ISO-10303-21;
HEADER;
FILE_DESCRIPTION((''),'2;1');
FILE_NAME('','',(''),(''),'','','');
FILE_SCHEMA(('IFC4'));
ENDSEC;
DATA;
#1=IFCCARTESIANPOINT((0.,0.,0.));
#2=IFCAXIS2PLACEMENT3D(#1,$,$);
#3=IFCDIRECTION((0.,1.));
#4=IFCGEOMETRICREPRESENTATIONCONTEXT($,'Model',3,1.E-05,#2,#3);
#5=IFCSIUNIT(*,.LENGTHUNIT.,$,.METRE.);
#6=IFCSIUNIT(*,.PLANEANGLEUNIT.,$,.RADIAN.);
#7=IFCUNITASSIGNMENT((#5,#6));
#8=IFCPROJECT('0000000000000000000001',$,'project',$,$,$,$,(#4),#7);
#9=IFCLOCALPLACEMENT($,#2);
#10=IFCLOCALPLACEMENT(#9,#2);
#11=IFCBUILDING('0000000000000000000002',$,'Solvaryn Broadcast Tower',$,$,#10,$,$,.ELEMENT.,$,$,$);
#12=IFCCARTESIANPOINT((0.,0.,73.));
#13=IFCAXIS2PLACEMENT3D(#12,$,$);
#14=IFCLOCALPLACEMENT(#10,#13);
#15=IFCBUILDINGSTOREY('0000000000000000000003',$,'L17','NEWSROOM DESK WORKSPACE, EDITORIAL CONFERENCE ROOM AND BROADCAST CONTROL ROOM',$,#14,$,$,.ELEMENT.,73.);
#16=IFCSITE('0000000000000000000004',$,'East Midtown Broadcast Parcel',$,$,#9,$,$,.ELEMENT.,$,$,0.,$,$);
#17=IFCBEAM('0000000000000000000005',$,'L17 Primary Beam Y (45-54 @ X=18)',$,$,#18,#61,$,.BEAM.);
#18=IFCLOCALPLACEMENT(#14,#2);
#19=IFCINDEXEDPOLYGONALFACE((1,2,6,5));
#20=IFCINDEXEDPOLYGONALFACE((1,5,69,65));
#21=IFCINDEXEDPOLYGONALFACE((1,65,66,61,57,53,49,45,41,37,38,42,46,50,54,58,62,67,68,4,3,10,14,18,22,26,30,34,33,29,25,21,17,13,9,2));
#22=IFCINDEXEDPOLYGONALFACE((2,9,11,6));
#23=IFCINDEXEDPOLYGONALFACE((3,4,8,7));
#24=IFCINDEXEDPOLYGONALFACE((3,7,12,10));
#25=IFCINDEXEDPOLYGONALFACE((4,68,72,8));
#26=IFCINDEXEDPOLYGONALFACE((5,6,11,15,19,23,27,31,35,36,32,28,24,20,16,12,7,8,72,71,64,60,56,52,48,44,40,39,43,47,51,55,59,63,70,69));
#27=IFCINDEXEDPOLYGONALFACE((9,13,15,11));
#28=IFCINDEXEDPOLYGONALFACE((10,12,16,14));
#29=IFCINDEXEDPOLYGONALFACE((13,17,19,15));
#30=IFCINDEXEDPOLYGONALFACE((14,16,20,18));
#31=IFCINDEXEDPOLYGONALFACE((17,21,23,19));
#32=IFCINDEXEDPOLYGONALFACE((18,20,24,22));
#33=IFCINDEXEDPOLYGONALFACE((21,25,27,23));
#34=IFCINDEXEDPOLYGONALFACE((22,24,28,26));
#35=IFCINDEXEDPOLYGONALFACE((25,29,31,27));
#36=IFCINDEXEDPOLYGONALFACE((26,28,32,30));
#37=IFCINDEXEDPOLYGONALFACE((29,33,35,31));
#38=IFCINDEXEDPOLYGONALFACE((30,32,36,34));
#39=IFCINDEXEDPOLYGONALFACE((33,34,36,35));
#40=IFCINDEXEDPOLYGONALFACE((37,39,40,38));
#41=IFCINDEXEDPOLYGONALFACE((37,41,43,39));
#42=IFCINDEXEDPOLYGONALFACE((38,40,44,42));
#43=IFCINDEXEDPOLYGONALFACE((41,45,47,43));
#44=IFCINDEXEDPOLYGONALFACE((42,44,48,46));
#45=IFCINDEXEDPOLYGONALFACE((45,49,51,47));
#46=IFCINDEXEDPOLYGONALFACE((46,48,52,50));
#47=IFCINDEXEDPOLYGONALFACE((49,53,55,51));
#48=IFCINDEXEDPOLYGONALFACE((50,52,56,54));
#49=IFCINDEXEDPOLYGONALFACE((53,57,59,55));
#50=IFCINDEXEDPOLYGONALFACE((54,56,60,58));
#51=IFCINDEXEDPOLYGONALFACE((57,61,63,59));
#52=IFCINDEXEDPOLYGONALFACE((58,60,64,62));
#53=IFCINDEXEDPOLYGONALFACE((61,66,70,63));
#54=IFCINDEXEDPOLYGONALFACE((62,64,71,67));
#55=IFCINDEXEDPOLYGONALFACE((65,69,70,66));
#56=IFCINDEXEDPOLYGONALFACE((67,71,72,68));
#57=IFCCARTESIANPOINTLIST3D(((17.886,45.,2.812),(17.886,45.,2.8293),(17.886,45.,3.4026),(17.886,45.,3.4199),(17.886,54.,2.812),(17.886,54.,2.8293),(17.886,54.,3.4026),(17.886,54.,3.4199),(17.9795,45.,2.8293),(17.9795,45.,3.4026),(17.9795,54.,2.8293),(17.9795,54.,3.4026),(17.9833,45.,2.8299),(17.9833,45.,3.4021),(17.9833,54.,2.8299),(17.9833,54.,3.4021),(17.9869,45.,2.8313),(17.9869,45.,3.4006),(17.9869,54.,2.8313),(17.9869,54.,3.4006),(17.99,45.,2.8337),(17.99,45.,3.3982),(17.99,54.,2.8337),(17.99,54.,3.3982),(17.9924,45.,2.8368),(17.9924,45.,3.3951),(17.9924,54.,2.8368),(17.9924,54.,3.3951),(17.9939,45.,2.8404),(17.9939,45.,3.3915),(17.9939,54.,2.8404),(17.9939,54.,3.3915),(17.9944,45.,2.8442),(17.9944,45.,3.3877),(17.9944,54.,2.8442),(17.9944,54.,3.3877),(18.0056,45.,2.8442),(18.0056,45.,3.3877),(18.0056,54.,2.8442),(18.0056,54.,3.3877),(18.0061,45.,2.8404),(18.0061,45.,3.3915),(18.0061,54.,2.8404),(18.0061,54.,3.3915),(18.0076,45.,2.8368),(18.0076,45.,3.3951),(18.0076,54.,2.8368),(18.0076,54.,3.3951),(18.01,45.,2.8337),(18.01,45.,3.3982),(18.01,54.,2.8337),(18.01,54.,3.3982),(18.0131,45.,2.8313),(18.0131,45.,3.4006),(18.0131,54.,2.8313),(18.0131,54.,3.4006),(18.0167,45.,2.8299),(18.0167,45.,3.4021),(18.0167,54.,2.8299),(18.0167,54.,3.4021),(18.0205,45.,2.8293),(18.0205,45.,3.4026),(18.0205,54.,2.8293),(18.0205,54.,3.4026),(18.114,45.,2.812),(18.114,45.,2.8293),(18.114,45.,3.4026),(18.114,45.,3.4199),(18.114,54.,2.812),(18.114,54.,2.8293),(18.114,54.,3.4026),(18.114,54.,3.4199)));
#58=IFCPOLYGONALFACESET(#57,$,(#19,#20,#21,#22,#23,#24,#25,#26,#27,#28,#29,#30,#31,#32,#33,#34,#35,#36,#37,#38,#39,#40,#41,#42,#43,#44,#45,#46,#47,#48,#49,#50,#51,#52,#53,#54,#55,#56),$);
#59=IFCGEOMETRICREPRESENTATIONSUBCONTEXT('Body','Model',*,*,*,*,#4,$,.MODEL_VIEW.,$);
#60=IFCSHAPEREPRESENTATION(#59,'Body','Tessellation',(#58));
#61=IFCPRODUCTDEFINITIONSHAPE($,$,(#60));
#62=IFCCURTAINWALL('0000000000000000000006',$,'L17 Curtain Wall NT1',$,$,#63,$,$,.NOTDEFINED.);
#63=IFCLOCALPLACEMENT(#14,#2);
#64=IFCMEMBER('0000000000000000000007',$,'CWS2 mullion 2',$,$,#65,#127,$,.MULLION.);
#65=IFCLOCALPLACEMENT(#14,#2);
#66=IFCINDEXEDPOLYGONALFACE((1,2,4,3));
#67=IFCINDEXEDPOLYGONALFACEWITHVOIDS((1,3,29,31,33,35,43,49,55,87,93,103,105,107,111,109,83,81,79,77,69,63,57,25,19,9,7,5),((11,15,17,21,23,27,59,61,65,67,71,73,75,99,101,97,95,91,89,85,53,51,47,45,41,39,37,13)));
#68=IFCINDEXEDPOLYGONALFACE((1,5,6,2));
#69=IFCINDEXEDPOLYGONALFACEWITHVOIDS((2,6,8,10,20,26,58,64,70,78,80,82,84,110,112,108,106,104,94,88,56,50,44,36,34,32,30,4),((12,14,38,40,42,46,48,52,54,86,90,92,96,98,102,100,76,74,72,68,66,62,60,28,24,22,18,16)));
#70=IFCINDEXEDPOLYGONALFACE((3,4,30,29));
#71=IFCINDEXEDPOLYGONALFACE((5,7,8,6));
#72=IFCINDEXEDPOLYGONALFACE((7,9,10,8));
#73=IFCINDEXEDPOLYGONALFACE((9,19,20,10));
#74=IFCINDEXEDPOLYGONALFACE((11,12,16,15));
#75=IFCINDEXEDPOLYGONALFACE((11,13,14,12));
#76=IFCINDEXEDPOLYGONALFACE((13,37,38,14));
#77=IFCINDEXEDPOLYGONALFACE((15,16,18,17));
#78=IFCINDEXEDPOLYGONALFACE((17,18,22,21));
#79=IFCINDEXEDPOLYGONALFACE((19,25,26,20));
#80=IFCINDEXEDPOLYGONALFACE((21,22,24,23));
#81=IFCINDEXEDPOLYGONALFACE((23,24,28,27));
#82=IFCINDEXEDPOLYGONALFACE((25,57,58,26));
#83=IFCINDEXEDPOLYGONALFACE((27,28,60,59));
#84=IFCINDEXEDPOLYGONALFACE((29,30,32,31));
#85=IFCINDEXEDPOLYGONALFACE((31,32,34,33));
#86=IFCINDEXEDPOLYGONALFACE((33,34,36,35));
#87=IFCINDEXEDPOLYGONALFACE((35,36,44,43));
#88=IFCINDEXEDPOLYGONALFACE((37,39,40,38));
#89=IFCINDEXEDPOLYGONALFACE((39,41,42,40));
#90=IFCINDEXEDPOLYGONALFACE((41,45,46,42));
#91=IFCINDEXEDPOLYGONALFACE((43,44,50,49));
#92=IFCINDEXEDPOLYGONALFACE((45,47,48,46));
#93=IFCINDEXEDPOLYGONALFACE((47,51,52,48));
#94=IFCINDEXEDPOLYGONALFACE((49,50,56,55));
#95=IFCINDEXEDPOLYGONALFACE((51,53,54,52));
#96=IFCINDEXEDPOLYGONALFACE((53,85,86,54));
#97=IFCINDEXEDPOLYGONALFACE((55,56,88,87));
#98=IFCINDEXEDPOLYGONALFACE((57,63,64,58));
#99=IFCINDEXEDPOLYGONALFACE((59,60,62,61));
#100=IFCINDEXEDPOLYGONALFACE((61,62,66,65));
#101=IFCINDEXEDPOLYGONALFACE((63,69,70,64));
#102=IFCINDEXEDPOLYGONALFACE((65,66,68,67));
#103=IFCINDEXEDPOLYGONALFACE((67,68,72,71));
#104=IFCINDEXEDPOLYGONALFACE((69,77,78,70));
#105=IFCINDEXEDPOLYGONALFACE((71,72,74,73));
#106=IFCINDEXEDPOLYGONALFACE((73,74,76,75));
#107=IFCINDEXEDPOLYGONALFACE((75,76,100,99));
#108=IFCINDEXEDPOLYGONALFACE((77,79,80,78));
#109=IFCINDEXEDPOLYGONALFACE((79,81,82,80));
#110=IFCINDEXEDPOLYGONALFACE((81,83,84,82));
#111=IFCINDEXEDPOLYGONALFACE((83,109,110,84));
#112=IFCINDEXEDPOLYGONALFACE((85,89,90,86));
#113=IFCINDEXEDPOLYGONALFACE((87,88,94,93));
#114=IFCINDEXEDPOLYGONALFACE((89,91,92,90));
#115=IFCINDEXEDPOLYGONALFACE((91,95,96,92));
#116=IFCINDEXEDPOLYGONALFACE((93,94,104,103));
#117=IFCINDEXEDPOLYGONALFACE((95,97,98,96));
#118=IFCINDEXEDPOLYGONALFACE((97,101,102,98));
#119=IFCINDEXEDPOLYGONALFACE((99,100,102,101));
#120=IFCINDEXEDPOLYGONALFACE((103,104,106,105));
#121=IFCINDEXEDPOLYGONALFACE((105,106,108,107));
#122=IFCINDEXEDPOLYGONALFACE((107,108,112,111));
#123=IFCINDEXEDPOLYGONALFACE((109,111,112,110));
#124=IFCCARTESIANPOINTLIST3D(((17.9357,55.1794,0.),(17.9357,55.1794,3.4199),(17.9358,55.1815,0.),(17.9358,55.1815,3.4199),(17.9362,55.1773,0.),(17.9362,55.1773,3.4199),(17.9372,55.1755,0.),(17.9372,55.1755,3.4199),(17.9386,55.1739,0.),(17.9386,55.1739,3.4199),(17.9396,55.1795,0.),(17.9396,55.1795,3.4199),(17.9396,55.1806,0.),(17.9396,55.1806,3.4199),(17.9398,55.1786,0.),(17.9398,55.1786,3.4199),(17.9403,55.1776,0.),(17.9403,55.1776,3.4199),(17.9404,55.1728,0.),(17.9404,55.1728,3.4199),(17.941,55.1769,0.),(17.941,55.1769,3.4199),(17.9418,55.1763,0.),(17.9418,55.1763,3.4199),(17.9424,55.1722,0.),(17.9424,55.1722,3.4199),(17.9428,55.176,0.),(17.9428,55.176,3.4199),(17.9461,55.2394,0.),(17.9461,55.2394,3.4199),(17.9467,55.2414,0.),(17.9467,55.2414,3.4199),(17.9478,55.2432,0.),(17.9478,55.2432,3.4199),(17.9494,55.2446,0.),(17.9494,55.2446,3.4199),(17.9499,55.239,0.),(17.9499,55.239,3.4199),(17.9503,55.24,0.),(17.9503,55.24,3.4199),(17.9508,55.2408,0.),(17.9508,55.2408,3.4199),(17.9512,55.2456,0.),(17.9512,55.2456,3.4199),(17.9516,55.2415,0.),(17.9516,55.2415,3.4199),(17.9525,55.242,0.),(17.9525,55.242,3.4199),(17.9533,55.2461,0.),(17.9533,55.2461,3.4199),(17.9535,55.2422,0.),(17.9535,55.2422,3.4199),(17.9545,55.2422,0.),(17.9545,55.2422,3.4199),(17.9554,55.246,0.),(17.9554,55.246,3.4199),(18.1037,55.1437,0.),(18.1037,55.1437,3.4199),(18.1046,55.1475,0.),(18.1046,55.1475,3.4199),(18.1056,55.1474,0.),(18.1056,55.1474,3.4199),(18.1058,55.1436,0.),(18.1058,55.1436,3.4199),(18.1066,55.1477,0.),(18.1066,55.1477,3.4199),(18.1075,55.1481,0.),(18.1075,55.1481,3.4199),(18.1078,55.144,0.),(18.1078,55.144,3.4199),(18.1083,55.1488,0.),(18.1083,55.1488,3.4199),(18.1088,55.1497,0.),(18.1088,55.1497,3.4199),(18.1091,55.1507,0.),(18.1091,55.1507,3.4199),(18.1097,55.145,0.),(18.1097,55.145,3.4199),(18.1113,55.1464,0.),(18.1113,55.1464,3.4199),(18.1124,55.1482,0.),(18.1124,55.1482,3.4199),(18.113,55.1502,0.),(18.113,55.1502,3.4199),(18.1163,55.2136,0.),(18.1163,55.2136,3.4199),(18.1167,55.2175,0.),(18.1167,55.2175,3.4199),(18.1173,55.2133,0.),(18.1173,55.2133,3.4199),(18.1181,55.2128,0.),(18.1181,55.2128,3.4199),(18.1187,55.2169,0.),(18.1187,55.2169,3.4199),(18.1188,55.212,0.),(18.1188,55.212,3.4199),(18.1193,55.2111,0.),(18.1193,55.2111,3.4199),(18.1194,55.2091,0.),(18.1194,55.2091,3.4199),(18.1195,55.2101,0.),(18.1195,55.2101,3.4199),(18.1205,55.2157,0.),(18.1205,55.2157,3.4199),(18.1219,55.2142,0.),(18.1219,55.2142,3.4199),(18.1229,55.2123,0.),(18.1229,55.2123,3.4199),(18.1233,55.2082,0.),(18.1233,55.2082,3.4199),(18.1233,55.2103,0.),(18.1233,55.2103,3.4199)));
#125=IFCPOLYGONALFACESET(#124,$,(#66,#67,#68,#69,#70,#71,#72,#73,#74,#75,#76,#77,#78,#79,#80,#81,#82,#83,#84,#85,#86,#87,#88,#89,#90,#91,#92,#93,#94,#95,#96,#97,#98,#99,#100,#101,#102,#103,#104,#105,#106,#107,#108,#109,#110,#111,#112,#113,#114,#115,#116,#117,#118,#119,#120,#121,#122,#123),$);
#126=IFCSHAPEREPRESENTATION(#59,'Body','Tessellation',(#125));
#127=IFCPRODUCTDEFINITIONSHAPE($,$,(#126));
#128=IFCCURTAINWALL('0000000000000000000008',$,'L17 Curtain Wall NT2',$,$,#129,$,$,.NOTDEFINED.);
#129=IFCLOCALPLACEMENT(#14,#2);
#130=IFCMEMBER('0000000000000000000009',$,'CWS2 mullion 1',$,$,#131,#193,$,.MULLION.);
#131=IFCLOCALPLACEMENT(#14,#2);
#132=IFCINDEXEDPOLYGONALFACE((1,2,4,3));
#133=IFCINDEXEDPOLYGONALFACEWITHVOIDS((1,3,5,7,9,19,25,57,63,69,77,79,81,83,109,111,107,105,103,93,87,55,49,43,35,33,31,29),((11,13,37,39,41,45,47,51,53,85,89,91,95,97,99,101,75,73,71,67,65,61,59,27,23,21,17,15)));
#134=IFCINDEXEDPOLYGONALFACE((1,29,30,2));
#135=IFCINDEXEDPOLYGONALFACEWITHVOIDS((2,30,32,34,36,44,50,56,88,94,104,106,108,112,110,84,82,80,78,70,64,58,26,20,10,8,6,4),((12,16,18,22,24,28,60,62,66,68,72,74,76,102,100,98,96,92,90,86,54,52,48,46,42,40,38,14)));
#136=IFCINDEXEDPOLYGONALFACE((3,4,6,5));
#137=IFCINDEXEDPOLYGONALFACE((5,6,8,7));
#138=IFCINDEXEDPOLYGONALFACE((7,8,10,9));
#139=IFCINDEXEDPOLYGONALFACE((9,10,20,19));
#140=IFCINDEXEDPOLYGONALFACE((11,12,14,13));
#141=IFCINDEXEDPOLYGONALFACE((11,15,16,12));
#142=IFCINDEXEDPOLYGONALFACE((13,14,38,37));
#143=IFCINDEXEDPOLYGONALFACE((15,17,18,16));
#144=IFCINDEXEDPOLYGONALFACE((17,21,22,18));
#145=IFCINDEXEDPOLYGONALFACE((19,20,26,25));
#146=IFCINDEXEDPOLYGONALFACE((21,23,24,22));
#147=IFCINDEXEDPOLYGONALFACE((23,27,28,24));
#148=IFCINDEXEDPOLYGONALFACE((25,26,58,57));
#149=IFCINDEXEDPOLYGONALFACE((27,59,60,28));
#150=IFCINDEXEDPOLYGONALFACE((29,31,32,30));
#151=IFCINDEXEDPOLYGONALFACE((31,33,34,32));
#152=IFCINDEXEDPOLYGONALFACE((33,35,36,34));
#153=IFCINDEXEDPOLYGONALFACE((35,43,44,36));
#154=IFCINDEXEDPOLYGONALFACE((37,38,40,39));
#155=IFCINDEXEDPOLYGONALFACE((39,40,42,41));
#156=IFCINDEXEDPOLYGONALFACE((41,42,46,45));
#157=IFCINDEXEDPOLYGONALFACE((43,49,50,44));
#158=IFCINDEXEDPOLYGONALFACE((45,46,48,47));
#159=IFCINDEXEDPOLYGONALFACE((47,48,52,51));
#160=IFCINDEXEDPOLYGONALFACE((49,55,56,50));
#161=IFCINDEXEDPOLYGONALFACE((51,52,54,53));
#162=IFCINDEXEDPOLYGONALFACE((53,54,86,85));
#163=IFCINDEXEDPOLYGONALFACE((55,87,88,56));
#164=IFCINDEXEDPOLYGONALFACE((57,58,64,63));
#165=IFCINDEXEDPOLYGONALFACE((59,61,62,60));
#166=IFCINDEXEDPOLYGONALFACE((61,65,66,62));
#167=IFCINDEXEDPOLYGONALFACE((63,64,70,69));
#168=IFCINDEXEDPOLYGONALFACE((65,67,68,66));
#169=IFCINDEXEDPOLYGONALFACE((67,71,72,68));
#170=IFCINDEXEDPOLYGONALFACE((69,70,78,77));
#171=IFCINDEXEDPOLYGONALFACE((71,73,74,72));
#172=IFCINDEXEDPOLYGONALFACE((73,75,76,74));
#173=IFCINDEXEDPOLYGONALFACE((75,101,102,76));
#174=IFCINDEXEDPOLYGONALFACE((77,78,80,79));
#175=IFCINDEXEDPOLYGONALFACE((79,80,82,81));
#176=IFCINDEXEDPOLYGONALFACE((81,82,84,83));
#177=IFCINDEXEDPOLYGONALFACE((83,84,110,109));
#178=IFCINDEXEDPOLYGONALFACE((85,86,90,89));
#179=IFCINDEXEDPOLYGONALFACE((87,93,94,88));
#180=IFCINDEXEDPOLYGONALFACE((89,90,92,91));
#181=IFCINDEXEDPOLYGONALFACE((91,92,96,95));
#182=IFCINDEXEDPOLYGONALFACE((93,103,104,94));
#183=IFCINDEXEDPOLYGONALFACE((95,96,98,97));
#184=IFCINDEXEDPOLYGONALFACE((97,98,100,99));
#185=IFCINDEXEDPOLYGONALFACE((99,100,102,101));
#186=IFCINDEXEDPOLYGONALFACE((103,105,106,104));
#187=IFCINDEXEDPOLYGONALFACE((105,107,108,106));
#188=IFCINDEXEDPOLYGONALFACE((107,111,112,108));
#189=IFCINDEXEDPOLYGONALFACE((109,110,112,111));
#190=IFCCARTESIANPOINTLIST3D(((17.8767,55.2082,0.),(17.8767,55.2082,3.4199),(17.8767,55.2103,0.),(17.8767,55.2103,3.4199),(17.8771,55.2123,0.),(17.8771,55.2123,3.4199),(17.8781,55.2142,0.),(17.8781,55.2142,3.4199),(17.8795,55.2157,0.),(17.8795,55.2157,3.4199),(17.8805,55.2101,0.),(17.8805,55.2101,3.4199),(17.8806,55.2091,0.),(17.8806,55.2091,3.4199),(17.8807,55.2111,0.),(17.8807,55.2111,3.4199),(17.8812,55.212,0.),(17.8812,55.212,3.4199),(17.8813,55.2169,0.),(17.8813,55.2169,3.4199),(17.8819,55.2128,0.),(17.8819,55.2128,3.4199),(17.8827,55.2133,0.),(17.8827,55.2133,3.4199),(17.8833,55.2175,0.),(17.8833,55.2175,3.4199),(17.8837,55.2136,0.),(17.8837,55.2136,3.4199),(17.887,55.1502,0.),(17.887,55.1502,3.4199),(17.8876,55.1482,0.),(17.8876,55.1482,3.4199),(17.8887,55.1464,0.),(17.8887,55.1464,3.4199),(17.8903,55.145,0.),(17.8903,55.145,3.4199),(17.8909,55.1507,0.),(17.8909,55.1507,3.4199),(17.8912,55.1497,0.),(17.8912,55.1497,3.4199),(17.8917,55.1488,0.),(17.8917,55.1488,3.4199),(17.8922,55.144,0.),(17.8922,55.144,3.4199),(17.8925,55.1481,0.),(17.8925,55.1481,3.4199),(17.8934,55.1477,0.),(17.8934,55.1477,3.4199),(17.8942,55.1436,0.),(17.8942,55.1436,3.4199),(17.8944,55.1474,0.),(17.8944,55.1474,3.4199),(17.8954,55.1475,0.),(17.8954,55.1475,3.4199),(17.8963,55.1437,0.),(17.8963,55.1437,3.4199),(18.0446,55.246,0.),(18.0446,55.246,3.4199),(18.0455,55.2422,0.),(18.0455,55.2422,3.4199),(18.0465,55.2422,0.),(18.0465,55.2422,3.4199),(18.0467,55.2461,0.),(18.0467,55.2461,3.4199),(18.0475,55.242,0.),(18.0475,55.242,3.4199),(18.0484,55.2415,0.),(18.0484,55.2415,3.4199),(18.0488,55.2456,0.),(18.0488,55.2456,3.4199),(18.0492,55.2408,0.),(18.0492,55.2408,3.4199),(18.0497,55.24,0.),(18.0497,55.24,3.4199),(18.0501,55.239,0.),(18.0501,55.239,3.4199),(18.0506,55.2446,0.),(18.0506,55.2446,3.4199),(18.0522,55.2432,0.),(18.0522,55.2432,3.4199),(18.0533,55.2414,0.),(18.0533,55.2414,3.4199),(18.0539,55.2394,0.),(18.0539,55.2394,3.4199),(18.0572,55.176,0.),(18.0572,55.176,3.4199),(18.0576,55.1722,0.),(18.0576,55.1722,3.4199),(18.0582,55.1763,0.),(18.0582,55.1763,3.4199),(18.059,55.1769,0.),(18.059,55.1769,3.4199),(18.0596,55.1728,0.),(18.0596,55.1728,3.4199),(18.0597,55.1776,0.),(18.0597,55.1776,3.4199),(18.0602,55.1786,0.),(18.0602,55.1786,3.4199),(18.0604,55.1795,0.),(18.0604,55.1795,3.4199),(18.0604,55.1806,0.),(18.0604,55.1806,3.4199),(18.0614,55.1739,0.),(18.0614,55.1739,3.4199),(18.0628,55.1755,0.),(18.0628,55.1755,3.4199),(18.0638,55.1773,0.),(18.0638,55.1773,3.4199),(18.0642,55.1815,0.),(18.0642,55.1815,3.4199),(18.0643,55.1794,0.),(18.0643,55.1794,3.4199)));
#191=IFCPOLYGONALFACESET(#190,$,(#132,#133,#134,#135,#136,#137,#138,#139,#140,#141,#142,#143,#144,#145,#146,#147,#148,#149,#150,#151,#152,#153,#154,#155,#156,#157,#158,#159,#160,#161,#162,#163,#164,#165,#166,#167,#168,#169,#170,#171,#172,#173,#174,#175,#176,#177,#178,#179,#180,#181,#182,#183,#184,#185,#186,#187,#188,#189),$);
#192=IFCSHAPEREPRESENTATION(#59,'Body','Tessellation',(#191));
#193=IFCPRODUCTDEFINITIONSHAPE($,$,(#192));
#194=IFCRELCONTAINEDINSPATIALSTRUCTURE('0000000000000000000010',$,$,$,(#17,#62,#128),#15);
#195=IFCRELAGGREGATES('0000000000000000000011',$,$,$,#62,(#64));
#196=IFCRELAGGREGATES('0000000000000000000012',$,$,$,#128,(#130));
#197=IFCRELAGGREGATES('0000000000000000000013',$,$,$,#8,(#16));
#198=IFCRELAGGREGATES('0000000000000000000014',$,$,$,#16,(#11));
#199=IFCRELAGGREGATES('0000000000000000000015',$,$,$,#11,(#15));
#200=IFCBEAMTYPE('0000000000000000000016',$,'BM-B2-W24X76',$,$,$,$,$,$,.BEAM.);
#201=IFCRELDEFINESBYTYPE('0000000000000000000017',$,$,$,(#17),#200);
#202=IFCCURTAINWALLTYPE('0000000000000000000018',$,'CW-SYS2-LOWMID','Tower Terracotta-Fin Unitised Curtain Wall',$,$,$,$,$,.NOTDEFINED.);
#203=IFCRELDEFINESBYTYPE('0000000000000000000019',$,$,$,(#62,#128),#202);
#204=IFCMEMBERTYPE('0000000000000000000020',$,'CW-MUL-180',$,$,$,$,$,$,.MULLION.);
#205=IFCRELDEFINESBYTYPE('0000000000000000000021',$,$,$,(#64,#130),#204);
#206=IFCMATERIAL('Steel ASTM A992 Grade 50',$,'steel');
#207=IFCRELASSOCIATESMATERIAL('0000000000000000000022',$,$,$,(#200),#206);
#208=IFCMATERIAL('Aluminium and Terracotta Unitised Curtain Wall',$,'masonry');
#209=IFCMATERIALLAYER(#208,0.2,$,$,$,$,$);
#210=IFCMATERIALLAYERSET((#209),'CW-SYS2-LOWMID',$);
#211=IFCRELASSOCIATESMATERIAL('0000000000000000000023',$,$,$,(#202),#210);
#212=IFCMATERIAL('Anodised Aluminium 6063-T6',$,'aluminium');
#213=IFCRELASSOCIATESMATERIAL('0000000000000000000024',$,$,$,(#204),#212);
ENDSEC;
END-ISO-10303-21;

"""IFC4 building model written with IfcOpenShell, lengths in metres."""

from ifc_helpers import new_model, si_unit, direction, frame, origin, origin_2d, place, context, subcontext, project, spatial, hollow_rectangle, i_section, extrude, material, layer, layer_set, material_profile, profile_set, type_object, element, aggregate, save


model = new_model("IFC4")

# Units and contexts
model_context = context("Model", 3, precision=1e-05, world=origin(), true_north=direction((0.0, 1.0)))
body_context = subcontext(model_context, "Body", "Model", "MODEL_VIEW")
ifc_project = project(units=[si_unit("LENGTHUNIT", "METRE"), si_unit("PLANEANGLEUNIT", "RADIAN")], contexts=[model_context])

# Site, building, storey
site_placement = place(None, origin())
site = spatial("IfcSite", under=ifc_project, at=site_placement, Name="East Midtown Broadcast Parcel", CompositionType="ELEMENT", RefElevation=0.0)
building_placement = place(site_placement, origin())
building = spatial("IfcBuilding", under=site, at=building_placement, Name="Solvaryn Broadcast Tower", CompositionType="ELEMENT")
storey_placement = place(building_placement, frame((0.0, 0.0, 73.0)))
storey = spatial("IfcBuildingStorey", under=building, at=storey_placement, Name="L17", Description="NEWSROOM DESK WORKSPACE, EDITORIAL CONFERENCE ROOM AND BROADCAST CONTROL ROOM", CompositionType="ELEMENT", Elevation=73.0)

# Beam
ifc_material_1 = material(Name="Steel ASTM A992 Grade 50", Category="steel")
ifc_material_profile_1 = material_profile(ifc_material_1, i_section(OverallWidth=0.228, OverallDepth=0.6079, WebThickness=0.0112, FlangeThickness=0.0173, FilletRadius=0.0149, at=origin_2d()))
ifc_profile_set_1 = profile_set([ifc_material_profile_1], Name="Steel ASTM A992 Grade 50")
beam_type_1 = type_object("IfcBeamType", Name="BM-B2-W24X76", PredefinedType="BEAM", material=ifc_profile_set_1)
beam_1_placement = place(storey_placement, frame((18.0, 45.0, 3.116), z_axis=(0.0, 1.0, 0.0), x_axis=(-1.0, 0.0, 0.0)))
element("IfcBeam", 1, at=beam_1_placement, inside=storey, type_object=beam_type_1, Name="L17 Primary Beam Y (45-54 @ X=18)", PredefinedType="BEAM", context=body_context, shape_type="SweptSolid", body=[
    extrude(i_section(OverallWidth=0.228, OverallDepth=0.6079, WebThickness=0.0112, FlangeThickness=0.0173, FilletRadius=0.0149, at=origin_2d()), origin(), (0.0, 0.0, 1.0), 9.0),
])

# Curtain wall, member
ifc_material_2 = material(Name="Aluminium and Terracotta Unitised Curtain Wall", Category="masonry")
ifc_layer_1 = layer(ifc_material_2, 0.2)
ifc_layer_set_1 = layer_set([ifc_layer_1], Name="CW-SYS2-LOWMID")
curtain_wall_type = type_object("IfcCurtainWallType", Name="CW-SYS2-LOWMID", Description="Tower Terracotta-Fin Unitised Curtain Wall", PredefinedType="NOTDEFINED", material=ifc_layer_set_1)
curtain_wall_1_placement = place(storey_placement, origin())
curtain_wall_1 = element("IfcCurtainWall", 2, at=curtain_wall_1_placement, inside=storey, type_object=curtain_wall_type, Name="L17 Curtain Wall NT1", PredefinedType="NOTDEFINED")
ifc_material_3 = material(Name="Anodised Aluminium 6063-T6", Category="aluminium")
ifc_material_profile_2 = material_profile(ifc_material_3, hollow_rectangle(XDim=0.075, YDim=0.1799, WallThickness=0.0039, InnerFilletRadius=0.0039, OuterFilletRadius=0.0081, at=origin_2d()))
ifc_profile_set_2 = profile_set([ifc_material_profile_2], Name="Anodised Aluminium 6063-T6")
member_type_1 = type_object("IfcMemberType", Name="CW-MUL-180", PredefinedType="MULLION", material=ifc_profile_set_2)
member_1_placement = place(storey_placement, frame((18.0295, 55.1948, 0.0), z_axis=(0.0, 0.0, 1.0), x_axis=(-0.173785, -0.984784, 0.0)))
member_1 = element("IfcMember", 3, at=member_1_placement, type_object=member_type_1, Name="CWS2 mullion 2", PredefinedType="MULLION", context=body_context, shape_type="SweptSolid", body=[
    extrude(hollow_rectangle(XDim=0.075, YDim=0.1799, WallThickness=0.0039, InnerFilletRadius=0.0039, OuterFilletRadius=0.0081, at=origin_2d()), origin(), (0.0, 0.0, 1.0), 3.4199),
])

# Curtain wall, member
curtain_wall_2_placement = place(storey_placement, origin())
curtain_wall_2 = element("IfcCurtainWall", 4, at=curtain_wall_2_placement, inside=storey, type_object=curtain_wall_type, Name="L17 Curtain Wall NT2", PredefinedType="NOTDEFINED")
member_2_placement = place(storey_placement, frame((17.9705, 55.1948, 0.0), z_axis=(0.0, 0.0, 1.0), x_axis=(0.173785, -0.984784, 0.0)))
member_2 = element("IfcMember", 5, at=member_2_placement, type_object=member_type_1, Name="CWS2 mullion 1", PredefinedType="MULLION", context=body_context, shape_type="SweptSolid", body=[
    extrude(hollow_rectangle(XDim=0.075, YDim=0.1799, WallThickness=0.0039, InnerFilletRadius=0.0039, OuterFilletRadius=0.0081, at=origin_2d()), origin(), (0.0, 0.0, 1.0), 3.4199),
])

aggregate(curtain_wall_1, [member_1])
aggregate(curtain_wall_2, [member_2])

save(model, "model.ifc")
